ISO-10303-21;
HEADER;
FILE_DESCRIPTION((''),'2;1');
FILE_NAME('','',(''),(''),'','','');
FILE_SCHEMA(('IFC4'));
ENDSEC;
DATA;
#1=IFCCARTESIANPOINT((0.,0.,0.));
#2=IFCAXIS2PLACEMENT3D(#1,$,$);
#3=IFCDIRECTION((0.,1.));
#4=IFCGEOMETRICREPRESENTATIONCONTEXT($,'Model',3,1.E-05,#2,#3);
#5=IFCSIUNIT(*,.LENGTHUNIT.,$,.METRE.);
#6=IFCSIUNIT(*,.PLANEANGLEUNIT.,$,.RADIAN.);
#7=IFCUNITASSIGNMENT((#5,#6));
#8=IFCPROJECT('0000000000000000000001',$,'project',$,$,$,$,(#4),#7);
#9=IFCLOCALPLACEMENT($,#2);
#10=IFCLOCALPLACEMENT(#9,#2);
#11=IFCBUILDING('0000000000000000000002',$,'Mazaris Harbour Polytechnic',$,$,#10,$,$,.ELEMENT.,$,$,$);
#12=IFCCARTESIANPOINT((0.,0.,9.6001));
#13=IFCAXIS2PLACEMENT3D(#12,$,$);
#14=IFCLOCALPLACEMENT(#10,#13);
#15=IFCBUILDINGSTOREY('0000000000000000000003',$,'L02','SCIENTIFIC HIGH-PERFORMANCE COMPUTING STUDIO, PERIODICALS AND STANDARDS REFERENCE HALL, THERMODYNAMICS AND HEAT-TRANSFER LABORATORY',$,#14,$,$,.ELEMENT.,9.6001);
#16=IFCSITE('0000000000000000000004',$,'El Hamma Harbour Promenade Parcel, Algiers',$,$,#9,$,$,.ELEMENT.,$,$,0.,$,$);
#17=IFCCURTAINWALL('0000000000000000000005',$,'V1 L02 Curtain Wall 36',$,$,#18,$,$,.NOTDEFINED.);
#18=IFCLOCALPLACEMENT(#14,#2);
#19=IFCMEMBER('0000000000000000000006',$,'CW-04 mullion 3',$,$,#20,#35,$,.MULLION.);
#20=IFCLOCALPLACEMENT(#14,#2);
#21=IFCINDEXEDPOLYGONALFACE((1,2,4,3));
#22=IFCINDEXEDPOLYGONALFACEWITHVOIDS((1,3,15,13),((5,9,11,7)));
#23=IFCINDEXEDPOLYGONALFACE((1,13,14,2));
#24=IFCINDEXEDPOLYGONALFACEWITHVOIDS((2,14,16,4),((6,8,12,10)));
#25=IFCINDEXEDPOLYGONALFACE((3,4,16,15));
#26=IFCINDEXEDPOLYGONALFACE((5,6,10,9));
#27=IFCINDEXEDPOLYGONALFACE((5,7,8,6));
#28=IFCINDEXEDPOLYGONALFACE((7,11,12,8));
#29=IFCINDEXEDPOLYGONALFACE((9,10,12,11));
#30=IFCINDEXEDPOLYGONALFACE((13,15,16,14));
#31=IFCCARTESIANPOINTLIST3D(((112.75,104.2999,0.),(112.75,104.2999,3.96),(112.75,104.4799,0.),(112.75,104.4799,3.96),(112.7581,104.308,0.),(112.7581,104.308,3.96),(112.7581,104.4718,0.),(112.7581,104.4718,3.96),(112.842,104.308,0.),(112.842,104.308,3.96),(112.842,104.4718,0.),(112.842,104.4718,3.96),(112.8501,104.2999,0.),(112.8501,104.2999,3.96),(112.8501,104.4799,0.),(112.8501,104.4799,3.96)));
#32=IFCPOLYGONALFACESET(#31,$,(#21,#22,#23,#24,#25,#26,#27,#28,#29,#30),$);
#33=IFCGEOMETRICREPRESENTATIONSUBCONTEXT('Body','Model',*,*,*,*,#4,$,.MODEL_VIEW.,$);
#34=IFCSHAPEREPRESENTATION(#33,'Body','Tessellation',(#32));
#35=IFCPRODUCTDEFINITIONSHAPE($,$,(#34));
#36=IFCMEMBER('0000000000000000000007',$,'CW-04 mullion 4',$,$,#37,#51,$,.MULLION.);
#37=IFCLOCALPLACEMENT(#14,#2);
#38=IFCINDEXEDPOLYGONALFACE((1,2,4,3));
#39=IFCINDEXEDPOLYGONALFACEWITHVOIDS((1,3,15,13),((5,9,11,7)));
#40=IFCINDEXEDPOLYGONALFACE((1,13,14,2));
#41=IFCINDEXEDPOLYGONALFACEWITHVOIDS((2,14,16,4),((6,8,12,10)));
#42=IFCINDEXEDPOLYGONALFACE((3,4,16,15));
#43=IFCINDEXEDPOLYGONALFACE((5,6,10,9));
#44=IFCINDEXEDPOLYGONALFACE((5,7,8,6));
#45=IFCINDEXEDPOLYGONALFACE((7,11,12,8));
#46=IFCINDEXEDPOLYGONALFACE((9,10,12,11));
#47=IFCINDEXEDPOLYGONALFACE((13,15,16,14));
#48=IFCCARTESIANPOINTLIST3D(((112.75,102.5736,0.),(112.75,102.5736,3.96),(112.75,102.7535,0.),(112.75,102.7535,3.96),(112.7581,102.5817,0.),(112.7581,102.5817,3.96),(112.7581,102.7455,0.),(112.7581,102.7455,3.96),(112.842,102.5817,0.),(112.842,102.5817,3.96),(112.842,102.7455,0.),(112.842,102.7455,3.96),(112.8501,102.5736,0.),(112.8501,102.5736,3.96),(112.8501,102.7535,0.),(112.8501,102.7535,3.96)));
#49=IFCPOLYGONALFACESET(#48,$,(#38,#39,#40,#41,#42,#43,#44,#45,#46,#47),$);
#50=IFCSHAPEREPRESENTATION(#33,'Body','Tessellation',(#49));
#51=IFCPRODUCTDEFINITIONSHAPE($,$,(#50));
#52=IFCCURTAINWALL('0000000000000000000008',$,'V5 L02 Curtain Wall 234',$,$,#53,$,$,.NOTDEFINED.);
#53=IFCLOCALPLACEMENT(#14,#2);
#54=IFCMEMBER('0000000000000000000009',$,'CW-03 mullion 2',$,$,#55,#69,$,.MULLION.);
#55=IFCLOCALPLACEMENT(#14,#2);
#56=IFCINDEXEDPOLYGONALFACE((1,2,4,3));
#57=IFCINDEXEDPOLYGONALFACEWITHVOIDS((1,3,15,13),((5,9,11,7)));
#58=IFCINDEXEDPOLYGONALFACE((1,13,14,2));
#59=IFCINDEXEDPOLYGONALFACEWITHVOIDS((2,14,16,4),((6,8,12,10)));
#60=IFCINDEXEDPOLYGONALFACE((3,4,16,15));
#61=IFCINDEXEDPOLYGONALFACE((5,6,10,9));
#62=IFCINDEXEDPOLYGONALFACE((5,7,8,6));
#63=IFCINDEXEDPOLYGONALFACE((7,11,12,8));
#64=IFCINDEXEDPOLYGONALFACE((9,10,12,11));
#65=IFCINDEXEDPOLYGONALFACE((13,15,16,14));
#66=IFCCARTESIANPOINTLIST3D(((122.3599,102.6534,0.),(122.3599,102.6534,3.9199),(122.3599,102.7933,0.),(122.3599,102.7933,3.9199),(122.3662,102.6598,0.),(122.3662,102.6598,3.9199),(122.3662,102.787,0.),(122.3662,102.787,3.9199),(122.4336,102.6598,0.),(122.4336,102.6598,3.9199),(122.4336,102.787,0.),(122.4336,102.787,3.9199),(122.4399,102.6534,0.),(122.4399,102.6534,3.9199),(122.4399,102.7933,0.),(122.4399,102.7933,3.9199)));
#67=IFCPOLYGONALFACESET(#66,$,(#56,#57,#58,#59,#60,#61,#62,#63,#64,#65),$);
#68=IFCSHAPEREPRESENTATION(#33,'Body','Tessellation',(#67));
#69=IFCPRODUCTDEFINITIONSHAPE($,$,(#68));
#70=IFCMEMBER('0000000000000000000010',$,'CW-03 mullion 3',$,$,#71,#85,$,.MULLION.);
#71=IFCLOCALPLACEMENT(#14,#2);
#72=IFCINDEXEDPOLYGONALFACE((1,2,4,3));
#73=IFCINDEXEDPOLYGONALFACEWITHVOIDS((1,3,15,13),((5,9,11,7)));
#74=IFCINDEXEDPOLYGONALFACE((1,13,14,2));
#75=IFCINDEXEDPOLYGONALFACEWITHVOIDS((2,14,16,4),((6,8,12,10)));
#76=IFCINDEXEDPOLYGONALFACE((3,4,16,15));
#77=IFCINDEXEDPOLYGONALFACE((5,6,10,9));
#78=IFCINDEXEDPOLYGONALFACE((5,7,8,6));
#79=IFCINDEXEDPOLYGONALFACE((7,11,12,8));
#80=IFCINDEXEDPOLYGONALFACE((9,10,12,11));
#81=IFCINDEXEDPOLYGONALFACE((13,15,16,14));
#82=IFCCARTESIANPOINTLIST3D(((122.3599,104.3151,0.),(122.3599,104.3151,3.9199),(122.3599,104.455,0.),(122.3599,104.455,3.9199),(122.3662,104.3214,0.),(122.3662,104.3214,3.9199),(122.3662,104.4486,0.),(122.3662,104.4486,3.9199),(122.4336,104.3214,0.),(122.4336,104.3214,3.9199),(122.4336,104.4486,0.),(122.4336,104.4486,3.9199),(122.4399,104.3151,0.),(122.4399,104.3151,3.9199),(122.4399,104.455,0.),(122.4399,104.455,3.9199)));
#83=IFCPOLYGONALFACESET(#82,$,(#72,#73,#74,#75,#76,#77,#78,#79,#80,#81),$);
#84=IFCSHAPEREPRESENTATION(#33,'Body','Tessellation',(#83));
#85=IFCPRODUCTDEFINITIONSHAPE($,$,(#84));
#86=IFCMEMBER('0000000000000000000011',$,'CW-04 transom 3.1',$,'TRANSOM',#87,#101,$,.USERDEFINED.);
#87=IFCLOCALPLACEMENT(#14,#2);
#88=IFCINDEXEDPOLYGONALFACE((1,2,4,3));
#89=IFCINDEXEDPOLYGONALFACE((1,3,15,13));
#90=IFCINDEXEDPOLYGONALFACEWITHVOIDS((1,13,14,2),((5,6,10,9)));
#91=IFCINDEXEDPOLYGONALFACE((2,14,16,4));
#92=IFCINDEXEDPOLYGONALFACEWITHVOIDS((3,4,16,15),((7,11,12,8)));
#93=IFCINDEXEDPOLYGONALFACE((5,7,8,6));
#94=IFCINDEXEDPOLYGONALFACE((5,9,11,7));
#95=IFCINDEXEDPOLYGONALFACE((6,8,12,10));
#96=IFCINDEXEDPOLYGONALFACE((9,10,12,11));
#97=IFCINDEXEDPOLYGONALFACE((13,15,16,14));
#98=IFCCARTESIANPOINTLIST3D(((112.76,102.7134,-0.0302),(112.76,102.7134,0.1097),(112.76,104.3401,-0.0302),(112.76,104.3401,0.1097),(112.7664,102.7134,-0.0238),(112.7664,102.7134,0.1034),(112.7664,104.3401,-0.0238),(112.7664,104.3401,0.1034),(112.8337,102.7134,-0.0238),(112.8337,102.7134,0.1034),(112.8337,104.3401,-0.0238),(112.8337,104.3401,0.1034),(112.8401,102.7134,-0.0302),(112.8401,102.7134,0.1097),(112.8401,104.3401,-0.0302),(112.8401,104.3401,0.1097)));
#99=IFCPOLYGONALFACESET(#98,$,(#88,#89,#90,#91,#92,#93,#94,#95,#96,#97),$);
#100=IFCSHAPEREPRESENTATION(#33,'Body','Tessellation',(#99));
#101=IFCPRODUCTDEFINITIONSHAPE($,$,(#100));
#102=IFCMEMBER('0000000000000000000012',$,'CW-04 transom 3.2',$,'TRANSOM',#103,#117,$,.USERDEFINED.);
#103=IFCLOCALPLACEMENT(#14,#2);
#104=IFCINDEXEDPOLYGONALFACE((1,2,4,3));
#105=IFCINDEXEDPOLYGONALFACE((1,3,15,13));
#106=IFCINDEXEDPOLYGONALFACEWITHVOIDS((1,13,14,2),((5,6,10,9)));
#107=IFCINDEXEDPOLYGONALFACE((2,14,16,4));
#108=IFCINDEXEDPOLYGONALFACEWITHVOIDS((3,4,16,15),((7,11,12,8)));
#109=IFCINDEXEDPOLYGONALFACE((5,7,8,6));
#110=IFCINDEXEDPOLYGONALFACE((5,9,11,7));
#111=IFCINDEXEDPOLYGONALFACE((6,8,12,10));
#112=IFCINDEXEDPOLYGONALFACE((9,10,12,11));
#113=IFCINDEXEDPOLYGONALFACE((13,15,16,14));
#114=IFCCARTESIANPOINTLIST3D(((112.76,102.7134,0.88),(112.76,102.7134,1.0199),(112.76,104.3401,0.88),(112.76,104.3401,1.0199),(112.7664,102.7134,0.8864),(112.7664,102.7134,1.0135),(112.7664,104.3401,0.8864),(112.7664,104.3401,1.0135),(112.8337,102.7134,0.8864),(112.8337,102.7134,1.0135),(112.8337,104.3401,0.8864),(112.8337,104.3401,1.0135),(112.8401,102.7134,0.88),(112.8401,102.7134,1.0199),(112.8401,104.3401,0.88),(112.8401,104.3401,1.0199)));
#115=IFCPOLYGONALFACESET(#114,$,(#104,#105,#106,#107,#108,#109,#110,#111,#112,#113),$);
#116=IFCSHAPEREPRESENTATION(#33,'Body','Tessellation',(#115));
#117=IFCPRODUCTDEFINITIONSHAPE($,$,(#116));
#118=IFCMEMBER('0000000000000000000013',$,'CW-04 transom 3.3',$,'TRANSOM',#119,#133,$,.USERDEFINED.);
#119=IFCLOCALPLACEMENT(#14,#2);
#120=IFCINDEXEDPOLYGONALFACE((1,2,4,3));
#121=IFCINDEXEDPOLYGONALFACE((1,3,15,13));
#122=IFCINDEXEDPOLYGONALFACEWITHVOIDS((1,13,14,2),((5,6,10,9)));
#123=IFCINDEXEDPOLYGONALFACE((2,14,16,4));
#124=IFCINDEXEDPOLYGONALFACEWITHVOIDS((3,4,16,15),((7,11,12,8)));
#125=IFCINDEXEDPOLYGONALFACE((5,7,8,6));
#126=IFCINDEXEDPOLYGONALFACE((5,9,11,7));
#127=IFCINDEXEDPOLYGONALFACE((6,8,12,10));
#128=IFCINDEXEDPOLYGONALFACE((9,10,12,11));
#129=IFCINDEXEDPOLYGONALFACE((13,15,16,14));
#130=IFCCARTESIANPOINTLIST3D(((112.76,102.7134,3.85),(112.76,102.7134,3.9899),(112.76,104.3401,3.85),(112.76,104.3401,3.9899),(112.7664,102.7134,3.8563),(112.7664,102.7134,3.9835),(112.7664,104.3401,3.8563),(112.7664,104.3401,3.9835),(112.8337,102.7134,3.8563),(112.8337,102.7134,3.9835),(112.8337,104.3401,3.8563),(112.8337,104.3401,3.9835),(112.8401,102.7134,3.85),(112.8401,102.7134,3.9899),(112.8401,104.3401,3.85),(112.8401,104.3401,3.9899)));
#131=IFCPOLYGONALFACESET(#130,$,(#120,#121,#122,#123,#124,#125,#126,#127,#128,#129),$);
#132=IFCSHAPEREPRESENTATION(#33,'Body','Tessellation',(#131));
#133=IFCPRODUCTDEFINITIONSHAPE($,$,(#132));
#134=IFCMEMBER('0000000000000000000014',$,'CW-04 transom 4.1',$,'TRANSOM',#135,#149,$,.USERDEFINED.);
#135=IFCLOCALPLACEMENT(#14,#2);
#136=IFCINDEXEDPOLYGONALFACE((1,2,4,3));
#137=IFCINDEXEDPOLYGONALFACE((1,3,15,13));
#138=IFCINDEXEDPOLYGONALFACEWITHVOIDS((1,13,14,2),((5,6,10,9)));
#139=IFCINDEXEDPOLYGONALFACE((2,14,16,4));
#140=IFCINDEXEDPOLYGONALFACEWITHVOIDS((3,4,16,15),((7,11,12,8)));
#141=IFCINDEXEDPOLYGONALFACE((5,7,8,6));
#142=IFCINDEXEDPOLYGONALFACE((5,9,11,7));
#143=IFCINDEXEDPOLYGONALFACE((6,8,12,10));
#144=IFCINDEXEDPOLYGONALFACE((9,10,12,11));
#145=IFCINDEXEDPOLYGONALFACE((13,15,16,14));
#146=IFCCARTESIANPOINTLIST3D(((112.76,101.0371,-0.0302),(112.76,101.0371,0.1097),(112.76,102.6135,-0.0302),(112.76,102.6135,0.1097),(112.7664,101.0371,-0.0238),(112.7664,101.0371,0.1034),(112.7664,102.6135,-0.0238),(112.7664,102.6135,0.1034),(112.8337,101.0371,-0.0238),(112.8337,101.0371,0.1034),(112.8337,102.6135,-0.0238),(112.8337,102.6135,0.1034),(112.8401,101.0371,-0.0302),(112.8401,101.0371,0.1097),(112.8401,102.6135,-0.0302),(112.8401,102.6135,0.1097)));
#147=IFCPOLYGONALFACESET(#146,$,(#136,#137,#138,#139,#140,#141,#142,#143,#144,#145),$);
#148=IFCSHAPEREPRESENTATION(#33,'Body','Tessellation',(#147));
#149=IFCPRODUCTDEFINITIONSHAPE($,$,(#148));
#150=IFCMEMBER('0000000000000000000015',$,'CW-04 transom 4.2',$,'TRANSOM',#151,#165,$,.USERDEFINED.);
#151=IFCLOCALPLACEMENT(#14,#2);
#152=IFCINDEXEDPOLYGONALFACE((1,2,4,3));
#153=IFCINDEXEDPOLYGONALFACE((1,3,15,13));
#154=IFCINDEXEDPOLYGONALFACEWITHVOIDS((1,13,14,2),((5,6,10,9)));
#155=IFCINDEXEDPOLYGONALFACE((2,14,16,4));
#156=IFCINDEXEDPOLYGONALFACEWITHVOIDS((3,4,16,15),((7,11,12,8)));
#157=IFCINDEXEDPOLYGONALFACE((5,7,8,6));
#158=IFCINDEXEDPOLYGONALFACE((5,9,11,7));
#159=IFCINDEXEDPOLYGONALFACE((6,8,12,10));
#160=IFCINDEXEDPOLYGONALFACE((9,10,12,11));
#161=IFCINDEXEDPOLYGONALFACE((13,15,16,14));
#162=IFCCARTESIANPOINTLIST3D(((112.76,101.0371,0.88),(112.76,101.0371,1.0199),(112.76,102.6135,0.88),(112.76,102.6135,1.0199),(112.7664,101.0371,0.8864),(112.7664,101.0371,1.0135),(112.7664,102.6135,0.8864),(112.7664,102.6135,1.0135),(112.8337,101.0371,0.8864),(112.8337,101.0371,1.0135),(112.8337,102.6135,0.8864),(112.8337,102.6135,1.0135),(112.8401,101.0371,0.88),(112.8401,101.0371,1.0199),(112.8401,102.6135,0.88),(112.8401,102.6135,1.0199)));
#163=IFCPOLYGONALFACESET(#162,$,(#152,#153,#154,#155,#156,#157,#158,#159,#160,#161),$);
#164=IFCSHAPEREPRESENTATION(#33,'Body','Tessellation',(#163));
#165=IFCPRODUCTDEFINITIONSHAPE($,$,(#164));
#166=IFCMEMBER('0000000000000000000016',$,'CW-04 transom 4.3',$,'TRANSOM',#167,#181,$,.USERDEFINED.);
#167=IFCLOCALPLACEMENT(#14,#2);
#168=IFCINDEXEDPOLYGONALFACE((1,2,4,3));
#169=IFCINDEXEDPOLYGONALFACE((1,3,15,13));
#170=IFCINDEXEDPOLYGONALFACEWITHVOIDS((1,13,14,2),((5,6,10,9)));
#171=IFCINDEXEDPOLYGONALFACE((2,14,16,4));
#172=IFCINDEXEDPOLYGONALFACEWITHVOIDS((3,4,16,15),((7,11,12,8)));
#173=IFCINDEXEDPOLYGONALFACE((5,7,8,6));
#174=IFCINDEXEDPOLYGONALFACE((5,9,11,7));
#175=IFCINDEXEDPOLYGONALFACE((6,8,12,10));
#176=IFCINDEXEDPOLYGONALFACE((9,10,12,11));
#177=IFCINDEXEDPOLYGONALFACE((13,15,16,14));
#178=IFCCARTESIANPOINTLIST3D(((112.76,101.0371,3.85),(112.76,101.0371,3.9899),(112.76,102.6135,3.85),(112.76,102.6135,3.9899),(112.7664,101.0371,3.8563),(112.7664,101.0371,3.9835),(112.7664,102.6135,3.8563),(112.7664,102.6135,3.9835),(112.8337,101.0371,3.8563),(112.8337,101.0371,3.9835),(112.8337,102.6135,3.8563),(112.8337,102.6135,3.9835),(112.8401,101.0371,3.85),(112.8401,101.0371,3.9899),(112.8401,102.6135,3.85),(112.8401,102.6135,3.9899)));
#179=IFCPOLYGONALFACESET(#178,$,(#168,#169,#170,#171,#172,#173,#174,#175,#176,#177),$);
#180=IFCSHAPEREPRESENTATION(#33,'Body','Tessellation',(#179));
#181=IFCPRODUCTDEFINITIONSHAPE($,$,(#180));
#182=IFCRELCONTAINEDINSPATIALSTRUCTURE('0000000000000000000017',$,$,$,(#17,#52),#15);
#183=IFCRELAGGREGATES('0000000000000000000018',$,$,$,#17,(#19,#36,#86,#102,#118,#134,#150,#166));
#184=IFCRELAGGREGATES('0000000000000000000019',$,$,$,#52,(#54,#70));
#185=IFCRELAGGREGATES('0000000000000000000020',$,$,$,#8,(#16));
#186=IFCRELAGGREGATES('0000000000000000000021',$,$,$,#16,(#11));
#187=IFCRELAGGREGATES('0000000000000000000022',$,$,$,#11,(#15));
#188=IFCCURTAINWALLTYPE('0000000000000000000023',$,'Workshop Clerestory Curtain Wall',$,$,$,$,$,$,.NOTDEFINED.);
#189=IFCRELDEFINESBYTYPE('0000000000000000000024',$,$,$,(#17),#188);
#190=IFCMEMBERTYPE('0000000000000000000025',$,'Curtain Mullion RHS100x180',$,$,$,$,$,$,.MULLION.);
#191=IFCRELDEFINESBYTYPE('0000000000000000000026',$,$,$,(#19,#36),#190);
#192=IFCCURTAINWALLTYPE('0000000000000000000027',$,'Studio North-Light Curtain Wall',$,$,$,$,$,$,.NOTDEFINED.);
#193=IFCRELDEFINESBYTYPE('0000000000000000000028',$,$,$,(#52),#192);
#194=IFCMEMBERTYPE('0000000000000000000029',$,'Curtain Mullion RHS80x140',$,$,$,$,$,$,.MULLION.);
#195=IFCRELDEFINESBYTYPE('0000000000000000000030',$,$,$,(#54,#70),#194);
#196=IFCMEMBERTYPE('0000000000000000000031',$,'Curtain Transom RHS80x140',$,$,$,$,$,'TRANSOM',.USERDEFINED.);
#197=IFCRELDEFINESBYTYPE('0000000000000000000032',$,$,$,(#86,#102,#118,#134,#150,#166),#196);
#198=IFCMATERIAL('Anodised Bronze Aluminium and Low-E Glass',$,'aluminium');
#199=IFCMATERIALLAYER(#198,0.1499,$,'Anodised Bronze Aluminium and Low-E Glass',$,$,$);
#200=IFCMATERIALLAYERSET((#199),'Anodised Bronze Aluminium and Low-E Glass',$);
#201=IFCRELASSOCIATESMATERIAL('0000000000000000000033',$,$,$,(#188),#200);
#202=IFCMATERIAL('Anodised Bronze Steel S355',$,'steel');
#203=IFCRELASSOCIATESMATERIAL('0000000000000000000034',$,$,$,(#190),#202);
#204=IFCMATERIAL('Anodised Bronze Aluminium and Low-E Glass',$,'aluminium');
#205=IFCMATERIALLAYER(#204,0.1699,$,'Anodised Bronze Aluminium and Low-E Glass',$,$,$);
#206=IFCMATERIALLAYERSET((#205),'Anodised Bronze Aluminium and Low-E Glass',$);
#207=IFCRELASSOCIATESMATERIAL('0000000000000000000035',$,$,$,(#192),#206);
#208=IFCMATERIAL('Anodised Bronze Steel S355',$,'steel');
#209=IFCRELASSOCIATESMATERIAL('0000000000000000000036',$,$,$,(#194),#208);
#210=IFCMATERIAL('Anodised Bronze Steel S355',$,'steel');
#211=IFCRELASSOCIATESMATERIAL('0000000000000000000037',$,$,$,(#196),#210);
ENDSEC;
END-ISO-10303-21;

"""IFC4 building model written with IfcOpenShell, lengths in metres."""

from ifc_helpers import new_model, si_unit, direction, frame, origin, origin_2d, place, context, subcontext, project, spatial, hollow_rectangle, extrude, material, layer, layer_set, material_profile, profile_set, type_object, element, aggregate, save


model = new_model("IFC4")

# Units and contexts
model_context = context("Model", 3, precision=1e-05, world=origin(), true_north=direction((0.0, 1.0)))
body_context = subcontext(model_context, "Body", "Model", "MODEL_VIEW")
ifc_project = project(units=[si_unit("LENGTHUNIT", "METRE"), si_unit("PLANEANGLEUNIT", "RADIAN")], contexts=[model_context])

# Site, building, storey
site_placement = place(None, origin())
site = spatial("IfcSite", under=ifc_project, at=site_placement, Name="El Hamma Harbour Promenade Parcel, Algiers", CompositionType="ELEMENT", RefElevation=0.0)
building_placement = place(site_placement, origin())
building = spatial("IfcBuilding", under=site, at=building_placement, Name="Mazaris Harbour Polytechnic", CompositionType="ELEMENT")
storey_placement = place(building_placement, frame((0.0, 0.0, 9.6001)))
storey = spatial("IfcBuildingStorey", under=building, at=storey_placement, Name="L02", Description="SCIENTIFIC HIGH-PERFORMANCE COMPUTING STUDIO, PERIODICALS AND STANDARDS REFERENCE HALL, THERMODYNAMICS AND HEAT-TRANSFER LABORATORY", CompositionType="ELEMENT", Elevation=9.6001)

# Curtain walls, members
ifc_material_1 = material(Name="Anodised Bronze Aluminium and Low-E Glass", Category="aluminium")
ifc_layer_1 = layer(ifc_material_1, 0.1499, Name="Anodised Bronze Aluminium and Low-E Glass")
ifc_layer_set_1 = layer_set([ifc_layer_1], Name="Anodised Bronze Aluminium and Low-E Glass")
curtain_wall_type_1 = type_object("IfcCurtainWallType", Name="Workshop Clerestory Curtain Wall", PredefinedType="NOTDEFINED", material=ifc_layer_set_1)
curtain_wall_1_placement = place(storey_placement, origin())
curtain_wall_1 = element("IfcCurtainWall", 1, at=curtain_wall_1_placement, inside=storey, type_object=curtain_wall_type_1, Name="V1 L02 Curtain Wall 36", PredefinedType="NOTDEFINED")
ifc_material_2 = material(Name="Anodised Bronze Steel S355", Category="steel")
ifc_material_profile_1 = material_profile(ifc_material_2, hollow_rectangle(XDim=0.1001, YDim=0.1799, WallThickness=0.0081, at=origin_2d()), Name="RHS 100x180x8.0")
ifc_profile_set_1 = profile_set([ifc_material_profile_1], Name="Anodised Bronze Steel S355")
member_type_1 = type_object("IfcMemberType", Name="Curtain Mullion RHS100x180", PredefinedType="MULLION", material=ifc_profile_set_1)
member_1_placement = place(storey_placement, frame((112.8, 104.3899, 0.0), z_axis=(0.0, 0.0, 1.0), x_axis=(1.0, 0.0, 0.0)))
member_1 = element("IfcMember", 2, at=member_1_placement, type_object=member_type_1, Name="CW-04 mullion 3", PredefinedType="MULLION", context=body_context, shape_type="SweptSolid", body=[
    extrude(hollow_rectangle(XDim=0.1001, YDim=0.1799, WallThickness=0.0081, at=origin_2d()), origin(), (0.0, 0.0, 1.0), 3.96),
])
member_2_placement = place(storey_placement, frame((112.8, 102.6636, 0.0), z_axis=(0.0, 0.0, 1.0), x_axis=(1.0, 0.0, 0.0)))
member_2 = element("IfcMember", 3, at=member_2_placement, type_object=member_type_1, Name="CW-04 mullion 4", PredefinedType="MULLION", context=body_context, shape_type="SweptSolid", body=[
    extrude(hollow_rectangle(XDim=0.1001, YDim=0.1799, WallThickness=0.0081, at=origin_2d()), origin(), (0.0, 0.0, 1.0), 3.96),
])
ifc_material_3 = material(Name="Anodised Bronze Aluminium and Low-E Glass", Category="aluminium")
ifc_layer_2 = layer(ifc_material_3, 0.1699, Name="Anodised Bronze Aluminium and Low-E Glass")
ifc_layer_set_2 = layer_set([ifc_layer_2], Name="Anodised Bronze Aluminium and Low-E Glass")
curtain_wall_type_2 = type_object("IfcCurtainWallType", Name="Studio North-Light Curtain Wall", PredefinedType="NOTDEFINED", material=ifc_layer_set_2)
curtain_wall_2_placement = place(storey_placement, origin())
curtain_wall_2 = element("IfcCurtainWall", 4, at=curtain_wall_2_placement, inside=storey, type_object=curtain_wall_type_2, Name="V5 L02 Curtain Wall 234", PredefinedType="NOTDEFINED")
ifc_material_4 = material(Name="Anodised Bronze Steel S355", Category="steel")
ifc_material_profile_2 = material_profile(ifc_material_4, hollow_rectangle(XDim=0.0801, YDim=0.1399, WallThickness=0.0063, at=origin_2d()), Name="RHS 80x140x6.3")
ifc_profile_set_2 = profile_set([ifc_material_profile_2], Name="Anodised Bronze Steel S355")
member_type_2 = type_object("IfcMemberType", Name="Curtain Mullion RHS80x140", PredefinedType="MULLION", material=ifc_profile_set_2)
member_3_placement = place(storey_placement, frame((122.3999, 102.7234, 0.0), z_axis=(0.0, 0.0, 1.0), x_axis=(-1.0, 0.0, 0.0)))
member_3 = element("IfcMember", 5, at=member_3_placement, type_object=member_type_2, Name="CW-03 mullion 2", PredefinedType="MULLION", context=body_context, shape_type="SweptSolid", body=[
    extrude(hollow_rectangle(XDim=0.0801, YDim=0.1399, WallThickness=0.0063, at=origin_2d()), origin(), (0.0, 0.0, 1.0), 3.9199),
])
member_4_placement = place(storey_placement, frame((122.3999, 104.385, 0.0), z_axis=(0.0, 0.0, 1.0), x_axis=(-1.0, 0.0, 0.0)))
member_4 = element("IfcMember", 6, at=member_4_placement, type_object=member_type_2, Name="CW-03 mullion 3", PredefinedType="MULLION", context=body_context, shape_type="SweptSolid", body=[
    extrude(hollow_rectangle(XDim=0.0801, YDim=0.1399, WallThickness=0.0063, at=origin_2d()), origin(), (0.0, 0.0, 1.0), 3.9199),
])

# Members
ifc_material_5 = material(Name="Anodised Bronze Steel S355", Category="steel")
ifc_material_profile_3 = material_profile(ifc_material_5, hollow_rectangle(XDim=0.0801, YDim=0.1399, WallThickness=0.0063, at=origin_2d()), Name="RHS 80x140x6.3")
ifc_profile_set_3 = profile_set([ifc_material_profile_3], Name="Anodised Bronze Steel S355")
member_type_3 = type_object("IfcMemberType", Name="Curtain Transom RHS80x140", ElementType="TRANSOM", PredefinedType="USERDEFINED", material=ifc_profile_set_3)
member_5_placement = place(storey_placement, frame((112.8, 104.3401, 0.0398), z_axis=(0.0, -1.0, 0.0), x_axis=(1.0, 0.0, 0.0)))
member_5 = element("IfcMember", 7, at=member_5_placement, type_object=member_type_3, Name="CW-04 transom 3.1", ObjectType="TRANSOM", PredefinedType="USERDEFINED", context=body_context, shape_type="SweptSolid", body=[
    extrude(hollow_rectangle(XDim=0.0801, YDim=0.1399, WallThickness=0.0063, at=origin_2d()), origin(), (0.0, 0.0, 1.0), 1.6267),
])
member_6_placement = place(storey_placement, frame((112.8, 104.3401, 0.95), z_axis=(0.0, -1.0, 0.0), x_axis=(1.0, 0.0, 0.0)))
member_6 = element("IfcMember", 8, at=member_6_placement, type_object=member_type_3, Name="CW-04 transom 3.2", ObjectType="TRANSOM", PredefinedType="USERDEFINED", context=body_context, shape_type="SweptSolid", body=[
    extrude(hollow_rectangle(XDim=0.0801, YDim=0.1399, WallThickness=0.0063, at=origin_2d()), origin(), (0.0, 0.0, 1.0), 1.6267),
])
member_7_placement = place(storey_placement, frame((112.8, 104.3401, 3.9199), z_axis=(0.0, -1.0, 0.0), x_axis=(1.0, 0.0, 0.0)))
member_7 = element("IfcMember", 9, at=member_7_placement, type_object=member_type_3, Name="CW-04 transom 3.3", ObjectType="TRANSOM", PredefinedType="USERDEFINED", context=body_context, shape_type="SweptSolid", body=[
    extrude(hollow_rectangle(XDim=0.0801, YDim=0.1399, WallThickness=0.0063, at=origin_2d()), origin(), (0.0, 0.0, 1.0), 1.6267),
])
member_8_placement = place(storey_placement, frame((112.8, 102.6135, 0.0398), z_axis=(0.0, -1.0, 0.0), x_axis=(1.0, 0.0, 0.0)))
member_8 = element("IfcMember", 10, at=member_8_placement, type_object=member_type_3, Name="CW-04 transom 4.1", ObjectType="TRANSOM", PredefinedType="USERDEFINED", context=body_context, shape_type="SweptSolid", body=[
    extrude(hollow_rectangle(XDim=0.0801, YDim=0.1399, WallThickness=0.0063, at=origin_2d()), origin(), (0.0, 0.0, 1.0), 1.5764),
])
member_9_placement = place(storey_placement, frame((112.8, 102.6135, 0.95), z_axis=(0.0, -1.0, 0.0), x_axis=(1.0, 0.0, 0.0)))
member_9 = element("IfcMember", 11, at=member_9_placement, type_object=member_type_3, Name="CW-04 transom 4.2", ObjectType="TRANSOM", PredefinedType="USERDEFINED", context=body_context, shape_type="SweptSolid", body=[
    extrude(hollow_rectangle(XDim=0.0801, YDim=0.1399, WallThickness=0.0063, at=origin_2d()), origin(), (0.0, 0.0, 1.0), 1.5764),
])
member_10_placement = place(storey_placement, frame((112.8, 102.6135, 3.9199), z_axis=(0.0, -1.0, 0.0), x_axis=(1.0, 0.0, 0.0)))
member_10 = element("IfcMember", 12, at=member_10_placement, type_object=member_type_3, Name="CW-04 transom 4.3", ObjectType="TRANSOM", PredefinedType="USERDEFINED", context=body_context, shape_type="SweptSolid", body=[
    extrude(hollow_rectangle(XDim=0.0801, YDim=0.1399, WallThickness=0.0063, at=origin_2d()), origin(), (0.0, 0.0, 1.0), 1.5764),
])

aggregate(curtain_wall_1, [member_1, member_2, member_5, member_6, member_7, member_8, member_9, member_10])
aggregate(curtain_wall_2, [member_3, member_4])

save(model, "model.ifc")
